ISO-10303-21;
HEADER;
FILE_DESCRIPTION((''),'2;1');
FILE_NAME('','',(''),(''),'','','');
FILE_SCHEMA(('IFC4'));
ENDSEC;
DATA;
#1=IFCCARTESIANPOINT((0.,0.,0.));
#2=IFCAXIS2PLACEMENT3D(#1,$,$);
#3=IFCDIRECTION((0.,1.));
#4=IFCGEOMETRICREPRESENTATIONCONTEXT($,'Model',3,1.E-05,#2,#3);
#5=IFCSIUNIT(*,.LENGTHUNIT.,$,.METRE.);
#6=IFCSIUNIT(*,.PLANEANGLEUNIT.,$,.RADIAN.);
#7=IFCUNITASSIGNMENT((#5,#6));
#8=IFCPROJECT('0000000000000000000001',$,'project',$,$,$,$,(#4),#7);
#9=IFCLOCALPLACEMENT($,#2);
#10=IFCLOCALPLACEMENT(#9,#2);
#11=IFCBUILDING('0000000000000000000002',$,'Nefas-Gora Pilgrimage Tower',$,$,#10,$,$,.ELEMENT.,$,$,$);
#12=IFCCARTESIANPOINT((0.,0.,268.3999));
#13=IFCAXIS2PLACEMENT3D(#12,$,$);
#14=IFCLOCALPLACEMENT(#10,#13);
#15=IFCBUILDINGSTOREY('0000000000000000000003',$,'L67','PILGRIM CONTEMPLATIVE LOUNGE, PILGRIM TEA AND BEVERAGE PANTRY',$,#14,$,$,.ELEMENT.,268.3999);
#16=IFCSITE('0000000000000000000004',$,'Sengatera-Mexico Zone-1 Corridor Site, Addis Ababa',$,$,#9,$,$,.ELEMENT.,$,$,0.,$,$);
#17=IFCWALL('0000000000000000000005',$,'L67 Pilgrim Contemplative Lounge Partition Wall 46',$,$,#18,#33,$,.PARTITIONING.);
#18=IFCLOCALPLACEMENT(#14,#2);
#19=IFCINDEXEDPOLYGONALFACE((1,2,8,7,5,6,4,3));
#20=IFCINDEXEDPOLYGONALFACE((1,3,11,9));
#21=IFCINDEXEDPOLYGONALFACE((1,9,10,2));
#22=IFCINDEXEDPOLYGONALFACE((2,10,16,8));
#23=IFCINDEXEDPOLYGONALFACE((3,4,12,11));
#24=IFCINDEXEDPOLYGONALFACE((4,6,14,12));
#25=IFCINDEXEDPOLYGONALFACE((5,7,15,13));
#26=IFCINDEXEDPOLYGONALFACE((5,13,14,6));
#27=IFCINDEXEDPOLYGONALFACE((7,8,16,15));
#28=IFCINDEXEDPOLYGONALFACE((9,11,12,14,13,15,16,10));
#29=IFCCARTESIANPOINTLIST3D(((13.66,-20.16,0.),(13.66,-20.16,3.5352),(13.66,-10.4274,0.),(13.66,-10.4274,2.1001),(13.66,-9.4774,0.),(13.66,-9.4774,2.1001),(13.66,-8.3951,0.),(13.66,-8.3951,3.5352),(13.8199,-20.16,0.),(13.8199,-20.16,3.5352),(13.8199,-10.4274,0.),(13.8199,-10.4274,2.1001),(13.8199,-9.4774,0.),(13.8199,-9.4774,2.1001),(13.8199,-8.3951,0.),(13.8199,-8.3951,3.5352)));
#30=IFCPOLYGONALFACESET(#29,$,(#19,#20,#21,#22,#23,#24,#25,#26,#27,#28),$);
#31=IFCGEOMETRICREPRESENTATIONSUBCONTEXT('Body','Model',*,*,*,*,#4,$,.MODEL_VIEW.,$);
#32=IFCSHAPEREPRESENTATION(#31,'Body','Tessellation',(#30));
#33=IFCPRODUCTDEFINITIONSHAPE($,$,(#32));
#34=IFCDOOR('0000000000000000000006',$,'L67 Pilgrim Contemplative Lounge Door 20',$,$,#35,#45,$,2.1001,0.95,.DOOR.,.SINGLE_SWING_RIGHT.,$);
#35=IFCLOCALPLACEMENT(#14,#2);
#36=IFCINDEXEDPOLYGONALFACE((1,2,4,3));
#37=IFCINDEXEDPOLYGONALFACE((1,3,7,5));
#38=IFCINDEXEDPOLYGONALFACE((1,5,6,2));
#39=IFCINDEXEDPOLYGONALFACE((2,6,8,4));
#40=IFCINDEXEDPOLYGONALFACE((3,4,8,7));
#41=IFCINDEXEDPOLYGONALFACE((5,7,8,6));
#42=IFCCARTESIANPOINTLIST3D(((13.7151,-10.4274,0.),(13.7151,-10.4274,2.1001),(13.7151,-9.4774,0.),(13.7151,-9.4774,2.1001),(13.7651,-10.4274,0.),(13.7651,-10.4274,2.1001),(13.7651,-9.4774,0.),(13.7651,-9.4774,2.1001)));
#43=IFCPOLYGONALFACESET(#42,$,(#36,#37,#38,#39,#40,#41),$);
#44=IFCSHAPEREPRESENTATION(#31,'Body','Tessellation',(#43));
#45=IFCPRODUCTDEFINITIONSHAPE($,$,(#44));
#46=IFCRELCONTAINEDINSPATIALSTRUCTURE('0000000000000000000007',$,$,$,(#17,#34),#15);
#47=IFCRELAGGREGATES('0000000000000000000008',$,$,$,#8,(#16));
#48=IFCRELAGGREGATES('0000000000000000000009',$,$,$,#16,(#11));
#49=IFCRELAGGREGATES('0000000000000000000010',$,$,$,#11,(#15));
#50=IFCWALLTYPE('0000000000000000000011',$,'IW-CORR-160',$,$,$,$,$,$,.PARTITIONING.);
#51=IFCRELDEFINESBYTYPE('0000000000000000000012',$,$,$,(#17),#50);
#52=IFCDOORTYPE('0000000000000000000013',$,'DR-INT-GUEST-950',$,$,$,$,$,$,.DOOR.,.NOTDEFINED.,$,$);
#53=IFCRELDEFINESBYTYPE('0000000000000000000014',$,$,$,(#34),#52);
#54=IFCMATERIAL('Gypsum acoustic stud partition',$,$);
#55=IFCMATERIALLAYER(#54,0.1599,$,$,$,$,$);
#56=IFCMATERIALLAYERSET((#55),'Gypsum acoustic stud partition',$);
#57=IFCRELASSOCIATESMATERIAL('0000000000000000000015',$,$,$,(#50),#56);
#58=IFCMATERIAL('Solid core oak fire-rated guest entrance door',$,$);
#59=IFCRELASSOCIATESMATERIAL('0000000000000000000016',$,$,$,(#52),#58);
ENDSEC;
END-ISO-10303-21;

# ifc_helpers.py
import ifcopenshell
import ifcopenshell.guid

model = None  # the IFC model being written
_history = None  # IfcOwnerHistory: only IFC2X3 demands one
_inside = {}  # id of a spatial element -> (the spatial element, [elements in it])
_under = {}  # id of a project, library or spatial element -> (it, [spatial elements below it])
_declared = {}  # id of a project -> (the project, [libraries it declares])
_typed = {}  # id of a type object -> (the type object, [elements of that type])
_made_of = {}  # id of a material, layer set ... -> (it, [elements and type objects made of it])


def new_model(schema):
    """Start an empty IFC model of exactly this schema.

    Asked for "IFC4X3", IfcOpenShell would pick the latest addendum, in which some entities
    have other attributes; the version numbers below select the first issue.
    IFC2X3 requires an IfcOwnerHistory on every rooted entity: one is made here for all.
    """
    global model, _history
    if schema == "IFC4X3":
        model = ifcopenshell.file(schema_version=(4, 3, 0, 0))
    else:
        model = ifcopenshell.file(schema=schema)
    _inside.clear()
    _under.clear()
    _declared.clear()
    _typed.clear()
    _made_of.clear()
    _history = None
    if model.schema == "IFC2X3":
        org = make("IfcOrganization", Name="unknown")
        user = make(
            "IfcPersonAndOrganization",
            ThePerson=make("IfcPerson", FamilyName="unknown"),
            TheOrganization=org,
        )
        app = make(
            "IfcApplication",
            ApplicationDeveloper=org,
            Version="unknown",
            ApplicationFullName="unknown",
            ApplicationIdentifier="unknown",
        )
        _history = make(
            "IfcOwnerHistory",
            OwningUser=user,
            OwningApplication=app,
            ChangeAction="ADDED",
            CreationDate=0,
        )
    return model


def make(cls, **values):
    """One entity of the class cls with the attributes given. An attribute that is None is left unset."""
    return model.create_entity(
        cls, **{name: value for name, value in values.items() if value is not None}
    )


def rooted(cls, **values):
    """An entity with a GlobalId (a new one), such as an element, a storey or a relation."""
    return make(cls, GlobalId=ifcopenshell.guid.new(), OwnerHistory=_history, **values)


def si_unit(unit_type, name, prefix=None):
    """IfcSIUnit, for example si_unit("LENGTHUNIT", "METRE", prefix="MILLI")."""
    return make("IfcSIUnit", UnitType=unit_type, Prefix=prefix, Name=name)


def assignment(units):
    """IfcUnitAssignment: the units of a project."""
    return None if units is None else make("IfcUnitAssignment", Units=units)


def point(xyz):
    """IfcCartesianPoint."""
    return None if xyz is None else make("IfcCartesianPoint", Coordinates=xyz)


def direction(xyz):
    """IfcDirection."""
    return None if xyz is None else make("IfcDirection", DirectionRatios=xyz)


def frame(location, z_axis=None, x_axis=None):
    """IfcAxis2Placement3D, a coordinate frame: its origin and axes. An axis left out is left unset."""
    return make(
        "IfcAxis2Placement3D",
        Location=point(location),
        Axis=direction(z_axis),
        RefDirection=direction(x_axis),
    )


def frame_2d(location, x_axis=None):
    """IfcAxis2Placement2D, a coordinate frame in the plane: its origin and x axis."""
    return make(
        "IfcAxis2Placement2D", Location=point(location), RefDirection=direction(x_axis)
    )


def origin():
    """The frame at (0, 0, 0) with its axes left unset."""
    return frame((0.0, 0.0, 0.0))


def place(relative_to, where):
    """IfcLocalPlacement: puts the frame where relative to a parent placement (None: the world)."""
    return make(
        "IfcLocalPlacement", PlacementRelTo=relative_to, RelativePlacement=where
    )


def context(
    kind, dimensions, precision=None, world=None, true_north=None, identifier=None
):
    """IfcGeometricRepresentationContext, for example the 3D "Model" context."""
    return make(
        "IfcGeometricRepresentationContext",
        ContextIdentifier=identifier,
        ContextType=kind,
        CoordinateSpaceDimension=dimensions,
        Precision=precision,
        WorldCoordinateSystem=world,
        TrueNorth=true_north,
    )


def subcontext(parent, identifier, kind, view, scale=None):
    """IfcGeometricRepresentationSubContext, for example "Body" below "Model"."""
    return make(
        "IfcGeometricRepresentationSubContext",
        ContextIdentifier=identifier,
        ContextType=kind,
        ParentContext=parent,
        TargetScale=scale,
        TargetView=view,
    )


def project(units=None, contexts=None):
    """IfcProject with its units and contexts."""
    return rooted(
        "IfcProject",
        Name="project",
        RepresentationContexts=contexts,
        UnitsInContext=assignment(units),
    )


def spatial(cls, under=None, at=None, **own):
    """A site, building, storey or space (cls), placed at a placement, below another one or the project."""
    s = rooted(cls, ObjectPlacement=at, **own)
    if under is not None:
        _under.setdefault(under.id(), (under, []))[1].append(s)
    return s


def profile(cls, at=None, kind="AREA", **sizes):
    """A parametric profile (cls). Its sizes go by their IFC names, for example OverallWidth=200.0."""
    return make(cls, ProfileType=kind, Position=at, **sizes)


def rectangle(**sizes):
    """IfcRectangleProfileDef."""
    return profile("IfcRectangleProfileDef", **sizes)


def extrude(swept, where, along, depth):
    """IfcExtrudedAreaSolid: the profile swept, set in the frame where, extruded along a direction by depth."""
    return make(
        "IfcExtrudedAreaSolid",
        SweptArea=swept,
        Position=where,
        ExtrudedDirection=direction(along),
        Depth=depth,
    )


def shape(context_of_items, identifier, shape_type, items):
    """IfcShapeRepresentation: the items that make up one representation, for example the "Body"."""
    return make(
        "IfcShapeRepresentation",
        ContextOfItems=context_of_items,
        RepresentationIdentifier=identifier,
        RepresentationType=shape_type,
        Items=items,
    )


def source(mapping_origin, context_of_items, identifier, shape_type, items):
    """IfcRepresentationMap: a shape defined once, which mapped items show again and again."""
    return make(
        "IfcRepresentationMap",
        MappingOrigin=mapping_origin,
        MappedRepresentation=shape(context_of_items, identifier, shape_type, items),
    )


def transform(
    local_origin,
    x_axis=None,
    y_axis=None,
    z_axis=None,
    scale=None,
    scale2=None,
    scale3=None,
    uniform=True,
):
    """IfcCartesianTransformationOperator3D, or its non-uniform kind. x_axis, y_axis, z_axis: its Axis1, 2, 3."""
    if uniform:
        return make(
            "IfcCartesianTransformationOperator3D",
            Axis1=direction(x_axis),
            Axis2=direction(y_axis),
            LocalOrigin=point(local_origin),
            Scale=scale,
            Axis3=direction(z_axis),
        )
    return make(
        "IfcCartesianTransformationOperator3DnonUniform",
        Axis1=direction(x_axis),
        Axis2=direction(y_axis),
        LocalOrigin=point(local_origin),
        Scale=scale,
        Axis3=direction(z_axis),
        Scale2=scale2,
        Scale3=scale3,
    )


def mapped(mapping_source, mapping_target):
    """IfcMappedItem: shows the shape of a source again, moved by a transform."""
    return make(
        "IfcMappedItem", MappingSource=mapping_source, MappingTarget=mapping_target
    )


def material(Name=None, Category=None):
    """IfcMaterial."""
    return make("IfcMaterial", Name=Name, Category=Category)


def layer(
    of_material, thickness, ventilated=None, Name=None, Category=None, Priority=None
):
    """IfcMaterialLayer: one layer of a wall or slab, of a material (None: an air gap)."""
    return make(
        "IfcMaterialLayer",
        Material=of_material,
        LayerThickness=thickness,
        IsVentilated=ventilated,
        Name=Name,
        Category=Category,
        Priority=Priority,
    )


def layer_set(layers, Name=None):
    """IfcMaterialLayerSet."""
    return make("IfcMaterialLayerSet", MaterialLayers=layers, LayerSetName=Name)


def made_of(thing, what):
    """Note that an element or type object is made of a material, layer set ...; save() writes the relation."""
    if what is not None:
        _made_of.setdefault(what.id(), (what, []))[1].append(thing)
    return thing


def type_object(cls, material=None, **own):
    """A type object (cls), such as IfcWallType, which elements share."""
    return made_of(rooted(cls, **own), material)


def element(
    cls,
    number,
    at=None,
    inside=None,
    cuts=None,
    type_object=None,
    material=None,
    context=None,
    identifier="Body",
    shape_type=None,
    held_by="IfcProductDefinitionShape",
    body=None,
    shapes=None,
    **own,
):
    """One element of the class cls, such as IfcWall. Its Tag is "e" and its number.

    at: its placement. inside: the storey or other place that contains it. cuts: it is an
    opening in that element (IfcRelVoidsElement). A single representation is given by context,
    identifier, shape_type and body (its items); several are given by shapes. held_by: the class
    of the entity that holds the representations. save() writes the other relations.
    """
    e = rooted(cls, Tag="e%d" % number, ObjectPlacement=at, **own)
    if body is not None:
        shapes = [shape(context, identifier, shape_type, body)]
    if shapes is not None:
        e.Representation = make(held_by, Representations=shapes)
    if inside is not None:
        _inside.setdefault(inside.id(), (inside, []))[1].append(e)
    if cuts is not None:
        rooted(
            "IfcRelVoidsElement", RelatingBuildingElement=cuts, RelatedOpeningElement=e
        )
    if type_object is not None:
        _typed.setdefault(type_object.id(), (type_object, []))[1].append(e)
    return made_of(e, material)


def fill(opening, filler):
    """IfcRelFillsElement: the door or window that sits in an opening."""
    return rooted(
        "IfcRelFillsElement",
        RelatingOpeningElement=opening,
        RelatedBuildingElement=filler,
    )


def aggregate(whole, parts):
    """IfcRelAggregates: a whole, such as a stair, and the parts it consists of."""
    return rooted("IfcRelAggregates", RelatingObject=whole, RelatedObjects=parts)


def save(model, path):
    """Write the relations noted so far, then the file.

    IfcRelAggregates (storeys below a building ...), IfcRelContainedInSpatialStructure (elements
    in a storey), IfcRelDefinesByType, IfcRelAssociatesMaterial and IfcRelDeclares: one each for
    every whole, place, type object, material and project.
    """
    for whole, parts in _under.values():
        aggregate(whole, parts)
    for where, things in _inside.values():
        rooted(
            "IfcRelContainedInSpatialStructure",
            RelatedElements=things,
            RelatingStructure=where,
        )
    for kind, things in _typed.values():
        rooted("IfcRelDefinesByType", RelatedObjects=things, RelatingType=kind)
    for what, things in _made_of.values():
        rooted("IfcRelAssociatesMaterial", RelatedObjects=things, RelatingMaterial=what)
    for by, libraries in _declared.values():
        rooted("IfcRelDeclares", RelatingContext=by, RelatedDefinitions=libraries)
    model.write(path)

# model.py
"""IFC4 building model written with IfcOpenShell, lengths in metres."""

from ifc_helpers import new_model, si_unit, direction, frame, frame_2d, origin, place, context, subcontext, project, spatial, rectangle, extrude, source, transform, mapped, material, layer, layer_set, type_object, element, fill, save


model = new_model("IFC4")

# Units and contexts
model_context = context("Model", 3, precision=1e-05, world=origin(), true_north=direction((0.0, 1.0)))
body_context = subcontext(model_context, "Body", "Model", "MODEL_VIEW")
ifc_project = project(units=[si_unit("LENGTHUNIT", "METRE"), si_unit("PLANEANGLEUNIT", "RADIAN")], contexts=[model_context])

# Site, building, storey
site_placement = place(None, origin())
site = spatial("IfcSite", under=ifc_project, at=site_placement, Name="Sengatera-Mexico Zone-1 Corridor Site, Addis Ababa", CompositionType="ELEMENT", RefElevation=0.0)
building_placement = place(site_placement, origin())
building = spatial("IfcBuilding", under=site, at=building_placement, Name="Nefas-Gora Pilgrimage Tower", CompositionType="ELEMENT")
storey_placement = place(building_placement, frame((0.0, 0.0, 268.3999)))
storey = spatial("IfcBuildingStorey", under=building, at=storey_placement, Name="L67", Description="PILGRIM CONTEMPLATIVE LOUNGE, PILGRIM TEA AND BEVERAGE PANTRY", CompositionType="ELEMENT", Elevation=268.3999)

# Wall, opening, door
ifc_material_1 = material(Name="Gypsum acoustic stud partition")
ifc_layer_1 = layer(ifc_material_1, 0.1599)
ifc_layer_set_1 = layer_set([ifc_layer_1], Name="Gypsum acoustic stud partition")
wall_type_1 = type_object("IfcWallType", Name="IW-CORR-160", PredefinedType="PARTITIONING", material=ifc_layer_set_1)
shared_shape_1 = source(origin(), body_context, "Body", "SweptSolid", [
    extrude(rectangle(XDim=11.7649, YDim=0.1599, at=frame_2d((5.8823, 0.0))), origin(), (0.0, 0.0, 1.0), 3.5352),
])
wall_1_placement = place(storey_placement, frame((13.74, -20.1599, 0.0), z_axis=(0.0, 0.0, 1.0), x_axis=(0.0, 1.0, 0.0)))
wall_1 = element("IfcWall", 1, at=wall_1_placement, inside=storey, type_object=wall_type_1, Name="L67 Pilgrim Contemplative Lounge Partition Wall 46", PredefinedType="PARTITIONING", context=body_context, shape_type="MappedRepresentation", body=[
    mapped(shared_shape_1, transform((0.0, 0.0, 0.0), x_axis=(1.0, 0.0, 0.0), y_axis=(0.0, 1.0, 0.0), z_axis=(0.0, 0.0, 1.0), scale=1.0)),
])
opening_1_placement = place(wall_1_placement, frame((9.7324, 0.0, 0.0)))
opening_1 = element("IfcOpeningElement", 2, at=opening_1_placement, cuts=wall_1, PredefinedType="OPENING", context=body_context, shape_type="SweptSolid", body=[
    extrude(rectangle(XDim=0.95, YDim=2.1001, at=frame_2d((0.4751, 1.05))), frame((0.0, 0.0898, 0.0), z_axis=(0.0, -1.0, 0.0), x_axis=(1.0, 0.0, 0.0)), (0.0, 0.0, 1.0), 0.1799),
])
ifc_material_2 = material(Name="Solid core oak fire-rated guest entrance door")
door_type = type_object("IfcDoorType", Name="DR-INT-GUEST-950", OperationType="NOTDEFINED", PredefinedType="DOOR", material=ifc_material_2)
shared_shape_2 = source(origin(), body_context, "Body", "SweptSolid", [
    extrude(rectangle(XDim=0.95, YDim=2.1001, at=frame_2d((0.4751, 1.05))), frame((0.0, 0.0249, 0.0), z_axis=(0.0, -1.0, 0.0), x_axis=(1.0, 0.0, 0.0)), (0.0, 0.0, 1.0), 0.05),
])
door_placement = place(opening_1_placement, origin())
door = element("IfcDoor", 3, at=door_placement, inside=storey, type_object=door_type, Name="L67 Pilgrim Contemplative Lounge Door 20", OperationType="SINGLE_SWING_RIGHT", OverallHeight=2.1001, OverallWidth=0.95, PredefinedType="DOOR", context=body_context, shape_type="MappedRepresentation", body=[
    mapped(shared_shape_2, transform((0.0, 0.0, 0.0), x_axis=(1.0, 0.0, 0.0), y_axis=(0.0, 1.0, 0.0), z_axis=(0.0, 0.0, 1.0), scale=1.0)),
])
fill(opening_1, door)

save(model, "model.ifc")
